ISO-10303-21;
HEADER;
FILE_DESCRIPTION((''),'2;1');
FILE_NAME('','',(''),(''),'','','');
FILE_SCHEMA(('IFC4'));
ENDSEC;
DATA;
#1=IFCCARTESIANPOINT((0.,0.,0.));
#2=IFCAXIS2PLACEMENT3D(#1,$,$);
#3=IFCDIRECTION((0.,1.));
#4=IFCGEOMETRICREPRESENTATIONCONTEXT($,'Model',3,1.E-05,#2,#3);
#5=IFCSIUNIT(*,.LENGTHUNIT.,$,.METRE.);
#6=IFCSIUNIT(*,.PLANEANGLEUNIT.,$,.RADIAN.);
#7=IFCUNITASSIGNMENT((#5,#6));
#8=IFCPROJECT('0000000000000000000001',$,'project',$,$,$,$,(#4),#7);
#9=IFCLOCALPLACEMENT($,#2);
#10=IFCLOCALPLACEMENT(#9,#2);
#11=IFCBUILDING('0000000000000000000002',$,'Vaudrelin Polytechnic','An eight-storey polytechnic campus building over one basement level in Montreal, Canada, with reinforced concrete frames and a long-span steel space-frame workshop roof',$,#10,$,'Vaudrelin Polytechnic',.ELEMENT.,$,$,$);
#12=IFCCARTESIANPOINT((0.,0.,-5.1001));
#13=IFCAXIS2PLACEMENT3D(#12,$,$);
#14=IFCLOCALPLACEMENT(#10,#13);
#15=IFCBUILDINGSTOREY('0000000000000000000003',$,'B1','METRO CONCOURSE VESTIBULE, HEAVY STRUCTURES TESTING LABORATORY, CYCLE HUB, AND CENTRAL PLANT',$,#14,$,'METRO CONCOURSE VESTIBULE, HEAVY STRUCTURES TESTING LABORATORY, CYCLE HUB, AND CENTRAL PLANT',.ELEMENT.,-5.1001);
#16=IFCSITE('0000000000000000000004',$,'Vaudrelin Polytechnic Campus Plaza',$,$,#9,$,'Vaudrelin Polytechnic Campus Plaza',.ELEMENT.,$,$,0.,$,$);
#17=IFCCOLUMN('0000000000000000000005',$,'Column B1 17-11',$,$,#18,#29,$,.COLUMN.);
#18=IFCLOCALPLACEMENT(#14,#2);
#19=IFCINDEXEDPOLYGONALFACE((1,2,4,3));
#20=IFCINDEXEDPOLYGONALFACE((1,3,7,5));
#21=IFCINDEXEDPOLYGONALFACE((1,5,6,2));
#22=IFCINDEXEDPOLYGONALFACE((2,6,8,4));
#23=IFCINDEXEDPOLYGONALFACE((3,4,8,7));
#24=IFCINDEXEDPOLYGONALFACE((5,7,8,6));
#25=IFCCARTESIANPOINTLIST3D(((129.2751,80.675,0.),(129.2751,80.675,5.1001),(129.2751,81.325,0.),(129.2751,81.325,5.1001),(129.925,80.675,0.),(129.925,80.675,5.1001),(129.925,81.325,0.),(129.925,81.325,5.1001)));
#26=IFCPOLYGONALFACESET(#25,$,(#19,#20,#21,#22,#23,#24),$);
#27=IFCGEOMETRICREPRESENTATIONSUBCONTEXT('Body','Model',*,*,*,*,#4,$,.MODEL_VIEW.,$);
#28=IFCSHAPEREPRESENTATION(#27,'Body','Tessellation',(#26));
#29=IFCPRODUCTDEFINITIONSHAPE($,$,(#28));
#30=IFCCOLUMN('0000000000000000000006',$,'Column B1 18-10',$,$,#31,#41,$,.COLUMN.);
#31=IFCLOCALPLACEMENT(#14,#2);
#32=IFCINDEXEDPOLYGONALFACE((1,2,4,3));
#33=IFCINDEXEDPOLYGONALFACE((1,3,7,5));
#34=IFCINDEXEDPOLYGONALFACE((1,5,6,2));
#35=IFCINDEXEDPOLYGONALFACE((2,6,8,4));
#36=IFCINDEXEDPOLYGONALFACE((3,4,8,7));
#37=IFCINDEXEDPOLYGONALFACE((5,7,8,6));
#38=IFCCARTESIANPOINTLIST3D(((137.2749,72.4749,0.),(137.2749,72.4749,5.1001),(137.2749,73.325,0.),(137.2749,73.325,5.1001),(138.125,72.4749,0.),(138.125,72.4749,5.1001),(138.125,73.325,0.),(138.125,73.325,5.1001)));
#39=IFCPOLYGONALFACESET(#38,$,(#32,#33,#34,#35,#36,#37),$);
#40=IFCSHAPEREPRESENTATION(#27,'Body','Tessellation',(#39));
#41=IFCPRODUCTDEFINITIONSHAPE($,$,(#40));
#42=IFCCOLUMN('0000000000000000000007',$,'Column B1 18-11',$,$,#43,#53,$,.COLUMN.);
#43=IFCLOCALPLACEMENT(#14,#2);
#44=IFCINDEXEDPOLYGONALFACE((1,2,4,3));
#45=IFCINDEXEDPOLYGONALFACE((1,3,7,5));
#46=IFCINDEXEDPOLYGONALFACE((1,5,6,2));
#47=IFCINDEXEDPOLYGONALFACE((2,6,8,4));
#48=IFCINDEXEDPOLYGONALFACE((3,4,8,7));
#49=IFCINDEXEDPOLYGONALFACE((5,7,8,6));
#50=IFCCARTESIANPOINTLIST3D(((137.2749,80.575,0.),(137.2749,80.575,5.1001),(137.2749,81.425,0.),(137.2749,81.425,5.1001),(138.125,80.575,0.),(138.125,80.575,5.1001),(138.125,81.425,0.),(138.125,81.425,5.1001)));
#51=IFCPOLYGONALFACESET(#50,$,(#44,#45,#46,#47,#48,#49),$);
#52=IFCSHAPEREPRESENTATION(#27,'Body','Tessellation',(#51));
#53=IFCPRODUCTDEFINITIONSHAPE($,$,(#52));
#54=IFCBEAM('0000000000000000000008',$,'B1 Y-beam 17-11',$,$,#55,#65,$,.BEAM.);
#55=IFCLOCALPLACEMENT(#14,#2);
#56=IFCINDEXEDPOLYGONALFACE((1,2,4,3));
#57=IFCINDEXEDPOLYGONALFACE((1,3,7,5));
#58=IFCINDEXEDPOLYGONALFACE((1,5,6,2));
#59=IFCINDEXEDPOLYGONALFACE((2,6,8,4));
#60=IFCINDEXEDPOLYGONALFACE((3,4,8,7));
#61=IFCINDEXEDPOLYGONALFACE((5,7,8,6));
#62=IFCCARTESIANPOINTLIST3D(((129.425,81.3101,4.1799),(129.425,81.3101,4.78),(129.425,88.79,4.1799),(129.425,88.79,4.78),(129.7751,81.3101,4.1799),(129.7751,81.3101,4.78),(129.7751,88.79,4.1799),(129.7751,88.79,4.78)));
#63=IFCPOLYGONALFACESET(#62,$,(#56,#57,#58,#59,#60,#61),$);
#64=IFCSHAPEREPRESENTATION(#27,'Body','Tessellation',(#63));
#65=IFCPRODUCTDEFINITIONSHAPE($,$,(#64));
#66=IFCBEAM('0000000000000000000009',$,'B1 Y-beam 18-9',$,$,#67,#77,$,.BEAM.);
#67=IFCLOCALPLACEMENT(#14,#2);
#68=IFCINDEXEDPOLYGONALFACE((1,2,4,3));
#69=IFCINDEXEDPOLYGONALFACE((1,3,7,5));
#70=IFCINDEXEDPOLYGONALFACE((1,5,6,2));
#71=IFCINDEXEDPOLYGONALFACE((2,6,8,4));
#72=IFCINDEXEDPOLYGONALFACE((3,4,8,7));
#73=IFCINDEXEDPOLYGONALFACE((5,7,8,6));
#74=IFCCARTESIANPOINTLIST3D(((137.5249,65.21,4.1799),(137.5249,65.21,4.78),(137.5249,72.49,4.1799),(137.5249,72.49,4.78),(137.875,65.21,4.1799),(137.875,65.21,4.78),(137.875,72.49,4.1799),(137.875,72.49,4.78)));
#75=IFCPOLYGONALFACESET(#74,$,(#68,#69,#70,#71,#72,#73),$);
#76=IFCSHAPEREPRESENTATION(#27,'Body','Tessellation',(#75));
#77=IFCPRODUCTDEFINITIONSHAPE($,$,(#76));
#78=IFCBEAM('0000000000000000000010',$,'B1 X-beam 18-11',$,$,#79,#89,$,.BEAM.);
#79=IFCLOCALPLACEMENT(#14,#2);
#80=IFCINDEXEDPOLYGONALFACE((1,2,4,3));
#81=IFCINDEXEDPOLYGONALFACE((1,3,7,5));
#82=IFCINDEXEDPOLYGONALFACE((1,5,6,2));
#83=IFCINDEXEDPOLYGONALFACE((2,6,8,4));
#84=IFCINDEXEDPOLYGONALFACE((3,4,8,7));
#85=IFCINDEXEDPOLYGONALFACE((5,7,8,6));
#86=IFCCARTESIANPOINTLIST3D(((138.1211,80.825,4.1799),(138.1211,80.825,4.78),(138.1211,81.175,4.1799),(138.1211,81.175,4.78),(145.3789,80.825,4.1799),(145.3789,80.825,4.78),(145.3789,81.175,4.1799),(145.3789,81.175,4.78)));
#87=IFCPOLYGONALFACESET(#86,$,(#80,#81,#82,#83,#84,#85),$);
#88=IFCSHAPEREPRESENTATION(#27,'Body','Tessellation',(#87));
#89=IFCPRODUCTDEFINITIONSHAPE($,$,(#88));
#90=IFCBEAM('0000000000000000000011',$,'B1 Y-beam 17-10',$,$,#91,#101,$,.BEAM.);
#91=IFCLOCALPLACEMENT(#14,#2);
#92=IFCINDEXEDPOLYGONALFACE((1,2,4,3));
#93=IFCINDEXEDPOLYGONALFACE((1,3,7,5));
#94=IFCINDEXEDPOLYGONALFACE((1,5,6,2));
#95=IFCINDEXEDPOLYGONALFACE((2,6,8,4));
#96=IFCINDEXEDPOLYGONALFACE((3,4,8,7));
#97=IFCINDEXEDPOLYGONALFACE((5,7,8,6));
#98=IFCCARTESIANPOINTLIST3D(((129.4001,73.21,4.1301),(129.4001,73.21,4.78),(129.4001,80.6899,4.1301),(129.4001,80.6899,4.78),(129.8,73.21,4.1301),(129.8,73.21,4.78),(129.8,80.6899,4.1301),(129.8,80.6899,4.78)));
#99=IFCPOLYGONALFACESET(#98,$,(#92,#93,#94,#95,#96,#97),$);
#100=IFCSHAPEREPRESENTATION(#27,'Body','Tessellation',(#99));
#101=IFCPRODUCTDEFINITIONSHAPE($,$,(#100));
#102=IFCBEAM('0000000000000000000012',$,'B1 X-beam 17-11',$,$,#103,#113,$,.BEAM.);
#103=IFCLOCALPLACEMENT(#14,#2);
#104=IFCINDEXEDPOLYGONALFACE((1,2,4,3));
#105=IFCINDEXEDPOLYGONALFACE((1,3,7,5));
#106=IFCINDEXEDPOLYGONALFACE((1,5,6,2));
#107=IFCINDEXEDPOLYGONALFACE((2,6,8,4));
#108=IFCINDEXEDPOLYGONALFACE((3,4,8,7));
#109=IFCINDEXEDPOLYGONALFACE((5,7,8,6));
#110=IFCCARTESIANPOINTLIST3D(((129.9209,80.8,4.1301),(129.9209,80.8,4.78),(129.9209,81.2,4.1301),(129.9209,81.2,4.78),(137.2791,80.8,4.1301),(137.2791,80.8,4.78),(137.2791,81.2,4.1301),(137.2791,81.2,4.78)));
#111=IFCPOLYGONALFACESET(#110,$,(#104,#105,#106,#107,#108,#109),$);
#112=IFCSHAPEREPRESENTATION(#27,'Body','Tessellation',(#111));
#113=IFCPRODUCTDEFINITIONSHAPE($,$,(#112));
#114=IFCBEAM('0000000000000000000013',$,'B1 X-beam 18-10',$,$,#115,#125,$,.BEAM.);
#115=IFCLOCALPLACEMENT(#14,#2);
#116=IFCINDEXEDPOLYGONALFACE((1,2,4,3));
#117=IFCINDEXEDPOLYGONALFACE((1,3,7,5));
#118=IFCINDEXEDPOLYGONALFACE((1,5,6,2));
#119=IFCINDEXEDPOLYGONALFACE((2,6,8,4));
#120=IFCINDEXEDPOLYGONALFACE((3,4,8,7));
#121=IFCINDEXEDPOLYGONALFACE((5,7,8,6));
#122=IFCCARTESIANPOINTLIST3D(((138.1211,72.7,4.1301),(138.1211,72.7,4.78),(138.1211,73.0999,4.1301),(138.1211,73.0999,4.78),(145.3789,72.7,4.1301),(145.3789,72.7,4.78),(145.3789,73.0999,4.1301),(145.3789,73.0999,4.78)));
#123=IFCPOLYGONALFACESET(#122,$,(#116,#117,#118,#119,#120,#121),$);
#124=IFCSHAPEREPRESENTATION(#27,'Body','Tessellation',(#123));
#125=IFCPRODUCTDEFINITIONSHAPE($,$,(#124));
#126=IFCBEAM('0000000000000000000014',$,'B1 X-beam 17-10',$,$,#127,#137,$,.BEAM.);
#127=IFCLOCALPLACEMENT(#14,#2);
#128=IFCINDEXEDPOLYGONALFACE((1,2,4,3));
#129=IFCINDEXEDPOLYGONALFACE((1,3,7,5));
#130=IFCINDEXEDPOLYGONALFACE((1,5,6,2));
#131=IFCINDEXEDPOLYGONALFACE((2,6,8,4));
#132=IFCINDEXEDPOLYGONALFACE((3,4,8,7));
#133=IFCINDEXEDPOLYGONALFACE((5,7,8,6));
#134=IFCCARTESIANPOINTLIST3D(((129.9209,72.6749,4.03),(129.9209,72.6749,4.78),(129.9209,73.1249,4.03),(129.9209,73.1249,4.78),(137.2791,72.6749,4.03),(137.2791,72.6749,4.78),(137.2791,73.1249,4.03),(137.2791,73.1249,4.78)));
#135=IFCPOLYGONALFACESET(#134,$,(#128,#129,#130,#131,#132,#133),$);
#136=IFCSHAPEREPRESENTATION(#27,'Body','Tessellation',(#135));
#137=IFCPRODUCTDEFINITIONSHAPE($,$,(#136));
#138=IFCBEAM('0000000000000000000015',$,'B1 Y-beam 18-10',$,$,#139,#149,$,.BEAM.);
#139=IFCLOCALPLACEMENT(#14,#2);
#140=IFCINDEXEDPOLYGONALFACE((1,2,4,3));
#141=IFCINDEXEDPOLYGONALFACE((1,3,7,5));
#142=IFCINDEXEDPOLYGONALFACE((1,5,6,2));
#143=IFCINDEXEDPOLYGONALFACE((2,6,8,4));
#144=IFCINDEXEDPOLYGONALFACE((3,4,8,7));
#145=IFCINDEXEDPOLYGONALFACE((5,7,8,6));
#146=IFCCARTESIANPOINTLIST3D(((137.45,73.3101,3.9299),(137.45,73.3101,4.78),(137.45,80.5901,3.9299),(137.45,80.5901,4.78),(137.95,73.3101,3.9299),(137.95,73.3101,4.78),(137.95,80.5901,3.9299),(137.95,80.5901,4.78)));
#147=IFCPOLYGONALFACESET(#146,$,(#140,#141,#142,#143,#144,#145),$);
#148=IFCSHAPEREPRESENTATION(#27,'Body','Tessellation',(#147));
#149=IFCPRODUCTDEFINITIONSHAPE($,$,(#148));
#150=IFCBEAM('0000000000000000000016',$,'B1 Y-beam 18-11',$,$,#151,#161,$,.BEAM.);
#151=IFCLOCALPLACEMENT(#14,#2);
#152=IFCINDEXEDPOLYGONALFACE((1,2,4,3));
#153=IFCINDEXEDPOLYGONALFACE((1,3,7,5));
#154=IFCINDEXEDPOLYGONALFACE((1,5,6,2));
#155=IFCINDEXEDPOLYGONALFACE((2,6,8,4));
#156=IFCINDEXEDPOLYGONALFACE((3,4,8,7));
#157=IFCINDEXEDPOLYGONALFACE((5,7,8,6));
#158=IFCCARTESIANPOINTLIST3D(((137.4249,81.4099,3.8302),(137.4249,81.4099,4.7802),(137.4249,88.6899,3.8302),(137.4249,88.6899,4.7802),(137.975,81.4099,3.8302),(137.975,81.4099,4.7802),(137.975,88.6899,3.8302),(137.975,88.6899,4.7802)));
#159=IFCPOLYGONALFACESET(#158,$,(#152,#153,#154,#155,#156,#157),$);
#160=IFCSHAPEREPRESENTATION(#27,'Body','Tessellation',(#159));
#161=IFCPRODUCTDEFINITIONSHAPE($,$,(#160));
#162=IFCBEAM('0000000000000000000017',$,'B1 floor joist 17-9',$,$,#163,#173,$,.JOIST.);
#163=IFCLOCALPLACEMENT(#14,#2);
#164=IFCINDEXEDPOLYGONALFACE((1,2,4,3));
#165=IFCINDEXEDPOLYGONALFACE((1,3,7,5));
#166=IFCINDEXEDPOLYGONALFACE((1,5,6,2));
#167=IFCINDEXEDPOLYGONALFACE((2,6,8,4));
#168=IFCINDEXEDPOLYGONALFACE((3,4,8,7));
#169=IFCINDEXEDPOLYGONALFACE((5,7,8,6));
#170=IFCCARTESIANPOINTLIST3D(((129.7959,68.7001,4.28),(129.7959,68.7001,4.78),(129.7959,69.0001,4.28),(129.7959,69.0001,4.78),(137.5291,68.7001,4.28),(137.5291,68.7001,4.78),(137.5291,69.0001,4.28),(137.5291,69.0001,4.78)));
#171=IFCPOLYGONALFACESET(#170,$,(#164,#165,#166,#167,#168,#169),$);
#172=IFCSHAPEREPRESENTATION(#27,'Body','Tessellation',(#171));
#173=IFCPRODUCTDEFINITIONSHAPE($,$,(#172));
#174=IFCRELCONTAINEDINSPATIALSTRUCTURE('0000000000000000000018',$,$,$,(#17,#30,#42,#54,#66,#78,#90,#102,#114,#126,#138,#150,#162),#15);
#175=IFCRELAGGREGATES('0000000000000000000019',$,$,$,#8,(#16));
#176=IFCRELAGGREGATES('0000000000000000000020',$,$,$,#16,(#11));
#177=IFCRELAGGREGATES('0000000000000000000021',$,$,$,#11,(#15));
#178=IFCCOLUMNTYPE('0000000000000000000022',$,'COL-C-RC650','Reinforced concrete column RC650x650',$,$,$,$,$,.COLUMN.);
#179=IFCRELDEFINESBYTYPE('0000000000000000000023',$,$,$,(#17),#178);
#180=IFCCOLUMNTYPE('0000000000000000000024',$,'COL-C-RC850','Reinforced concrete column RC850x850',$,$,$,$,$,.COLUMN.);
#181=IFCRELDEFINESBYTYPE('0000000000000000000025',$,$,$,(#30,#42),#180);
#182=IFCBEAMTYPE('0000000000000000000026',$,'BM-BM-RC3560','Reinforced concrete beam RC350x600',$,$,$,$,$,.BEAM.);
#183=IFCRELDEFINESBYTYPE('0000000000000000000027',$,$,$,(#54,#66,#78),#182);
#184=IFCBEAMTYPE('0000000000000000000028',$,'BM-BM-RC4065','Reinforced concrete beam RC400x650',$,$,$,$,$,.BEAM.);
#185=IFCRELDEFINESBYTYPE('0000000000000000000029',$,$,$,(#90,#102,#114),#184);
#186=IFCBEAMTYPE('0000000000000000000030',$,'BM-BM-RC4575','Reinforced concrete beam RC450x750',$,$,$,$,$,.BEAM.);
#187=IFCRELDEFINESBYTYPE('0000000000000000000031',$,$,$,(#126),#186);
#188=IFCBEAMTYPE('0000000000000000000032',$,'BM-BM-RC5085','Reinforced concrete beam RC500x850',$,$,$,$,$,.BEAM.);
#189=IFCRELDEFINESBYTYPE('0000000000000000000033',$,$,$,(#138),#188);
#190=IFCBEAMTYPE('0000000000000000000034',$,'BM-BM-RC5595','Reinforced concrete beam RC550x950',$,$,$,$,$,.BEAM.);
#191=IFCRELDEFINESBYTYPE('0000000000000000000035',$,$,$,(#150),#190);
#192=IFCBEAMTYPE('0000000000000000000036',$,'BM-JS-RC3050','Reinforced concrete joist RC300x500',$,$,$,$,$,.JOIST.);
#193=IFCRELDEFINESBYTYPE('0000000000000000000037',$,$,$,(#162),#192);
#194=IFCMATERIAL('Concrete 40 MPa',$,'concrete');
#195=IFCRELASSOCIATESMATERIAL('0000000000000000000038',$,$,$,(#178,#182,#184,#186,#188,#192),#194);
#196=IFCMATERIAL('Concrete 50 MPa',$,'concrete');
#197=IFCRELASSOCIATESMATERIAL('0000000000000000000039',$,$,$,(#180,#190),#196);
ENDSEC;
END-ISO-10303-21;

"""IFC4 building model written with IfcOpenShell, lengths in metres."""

from ifc_helpers import new_model, si_unit, direction, frame, origin, origin_2d, place, context, subcontext, project, spatial, rectangle, extrude, material, material_profile, profile_set, type_object, element, save


model = new_model("IFC4")

# Units and contexts
model_context = context("Model", 3, precision=1e-05, world=origin(), true_north=direction((0.0, 1.0)))
body_context = subcontext(model_context, "Body", "Model", "MODEL_VIEW")
ifc_project = project(units=[si_unit("LENGTHUNIT", "METRE"), si_unit("PLANEANGLEUNIT", "RADIAN")], contexts=[model_context])

# Site, building, storey
site_placement = place(None, origin())
site = spatial("IfcSite", under=ifc_project, at=site_placement, Name="Vaudrelin Polytechnic Campus Plaza", LongName="Vaudrelin Polytechnic Campus Plaza", CompositionType="ELEMENT", RefElevation=0.0)
building_placement = place(site_placement, origin())
building = spatial("IfcBuilding", under=site, at=building_placement, Name="Vaudrelin Polytechnic", Description="An eight-storey polytechnic campus building over one basement level in Montreal, Canada, with reinforced concrete frames and a long-span steel space-frame workshop roof", LongName="Vaudrelin Polytechnic", CompositionType="ELEMENT")
storey_placement = place(building_placement, frame((0.0, 0.0, -5.1001)))
storey = spatial("IfcBuildingStorey", under=building, at=storey_placement, Name="B1", Description="METRO CONCOURSE VESTIBULE, HEAVY STRUCTURES TESTING LABORATORY, CYCLE HUB, AND CENTRAL PLANT", LongName="METRO CONCOURSE VESTIBULE, HEAVY STRUCTURES TESTING LABORATORY, CYCLE HUB, AND CENTRAL PLANT", CompositionType="ELEMENT", Elevation=-5.1001)

# Shared definitions
ifc_material_1 = material(Name="Concrete 40 MPa", Category="concrete")

# Columns
ifc_material_profile_1 = material_profile(ifc_material_1, rectangle(XDim=0.6499, YDim=0.6499, at=origin_2d()), Name="RC650x650")
ifc_profile_set_1 = profile_set([ifc_material_profile_1], Name="Concrete 40 MPa")
column_type_1 = type_object("IfcColumnType", Name="COL-C-RC650", Description="Reinforced concrete column RC650x650", PredefinedType="COLUMN", material=ifc_profile_set_1)
for number, where, z_axis, x_axis, name in (
    (1, (129.6001, 81.0, 0.0), (0.0, 0.0, 1.0), (1.0, 0.0, 0.0), "Column B1 17-11"),
):
    element("IfcColumn", number, at=place(storey_placement, frame(where, z_axis=z_axis, x_axis=x_axis)), inside=storey, type_object=column_type_1, Name=name, PredefinedType="COLUMN", context=body_context, shape_type="SweptSolid", body=[
        extrude(rectangle(XDim=0.6499, YDim=0.6499, at=origin_2d()), origin(), (0.0, 0.0, 1.0), 5.1001),
    ])
ifc_material_2 = material(Name="Concrete 50 MPa", Category="concrete")
ifc_material_profile_2 = material_profile(ifc_material_2, rectangle(XDim=0.8501, YDim=0.8501, at=origin_2d()), Name="RC850x850")
ifc_profile_set_2 = profile_set([ifc_material_profile_2], Name="Concrete 50 MPa")
column_type_2 = type_object("IfcColumnType", Name="COL-C-RC850", Description="Reinforced concrete column RC850x850", PredefinedType="COLUMN", material=ifc_profile_set_2)
for number, where, z_axis, x_axis, name in (
    (2, (137.7, 72.8999, 0.0), (0.0, 0.0, 1.0), (1.0, 0.0, 0.0), "Column B1 18-10"),
    (3, (137.7, 81.0, 0.0), (0.0, 0.0, 1.0), (1.0, 0.0, 0.0), "Column B1 18-11"),
):
    element("IfcColumn", number, at=place(storey_placement, frame(where, z_axis=z_axis, x_axis=x_axis)), inside=storey, type_object=column_type_2, Name=name, PredefinedType="COLUMN", context=body_context, shape_type="SweptSolid", body=[
        extrude(rectangle(XDim=0.8501, YDim=0.8501, at=origin_2d()), origin(), (0.0, 0.0, 1.0), 5.1001),
    ])

# Beams
ifc_material_profile_3 = material_profile(ifc_material_1, rectangle(XDim=0.3501, YDim=0.6001, at=origin_2d()), Name="RC350x600")
ifc_profile_set_3 = profile_set([ifc_material_profile_3], Name="Concrete 40 MPa")
beam_type_1 = type_object("IfcBeamType", Name="BM-BM-RC3560", Description="Reinforced concrete beam RC350x600", PredefinedType="BEAM", material=ifc_profile_set_3)
beam_1_placement = place(storey_placement, frame((129.6001, 81.3101, 4.48), z_axis=(0.0, 1.0, 0.0), x_axis=(-1.0, 0.0, 0.0)))
element("IfcBeam", 4, at=beam_1_placement, inside=storey, type_object=beam_type_1, Name="B1 Y-beam 17-11", PredefinedType="BEAM", context=body_context, shape_type="SweptSolid", body=[
    extrude(rectangle(XDim=0.3501, YDim=0.6001, at=origin_2d()), origin(), (0.0, 0.0, 1.0), 7.48),
])
beam_2_placement = place(storey_placement, frame((137.7, 65.21, 4.48), z_axis=(0.0, 1.0, 0.0), x_axis=(-1.0, 0.0, 0.0)))
element("IfcBeam", 5, at=beam_2_placement, inside=storey, type_object=beam_type_1, Name="B1 Y-beam 18-9", PredefinedType="BEAM", context=body_context, shape_type="SweptSolid", body=[
    extrude(rectangle(XDim=0.3501, YDim=0.6001, at=origin_2d()), origin(), (0.0, 0.0, 1.0), 7.28),
])
beam_3_placement = place(storey_placement, frame((138.1211, 81.0, 4.48), z_axis=(1.0, 0.0, 0.0), x_axis=(0.0, 1.0, 0.0)))
element("IfcBeam", 6, at=beam_3_placement, inside=storey, type_object=beam_type_1, Name="B1 X-beam 18-11", PredefinedType="BEAM", context=body_context, shape_type="SweptSolid", body=[
    extrude(rectangle(XDim=0.3501, YDim=0.6001, at=origin_2d()), origin(), (0.0, 0.0, 1.0), 7.2578),
])
ifc_material_profile_4 = material_profile(ifc_material_1, rectangle(XDim=0.3999, YDim=0.6499, at=origin_2d()), Name="RC400x650")
ifc_profile_set_4 = profile_set([ifc_material_profile_4], Name="Concrete 40 MPa")
beam_type_2 = type_object("IfcBeamType", Name="BM-BM-RC4065", Description="Reinforced concrete beam RC400x650", PredefinedType="BEAM", material=ifc_profile_set_4)
beam_4_placement = place(storey_placement, frame((129.6001, 73.21, 4.4551), z_axis=(0.0, 1.0, 0.0), x_axis=(-1.0, 0.0, 0.0)))
element("IfcBeam", 7, at=beam_4_placement, inside=storey, type_object=beam_type_2, Name="B1 Y-beam 17-10", PredefinedType="BEAM", context=body_context, shape_type="SweptSolid", body=[
    extrude(rectangle(XDim=0.3999, YDim=0.6499, at=origin_2d()), origin(), (0.0, 0.0, 1.0), 7.48),
])
beam_5_placement = place(storey_placement, frame((129.9209, 81.0, 4.4551), z_axis=(1.0, 0.0, 0.0), x_axis=(0.0, 1.0, 0.0)))
element("IfcBeam", 8, at=beam_5_placement, inside=storey, type_object=beam_type_2, Name="B1 X-beam 17-11", PredefinedType="BEAM", context=body_context, shape_type="SweptSolid", body=[
    extrude(rectangle(XDim=0.3999, YDim=0.6499, at=origin_2d()), origin(), (0.0, 0.0, 1.0), 7.3582),
])
beam_6_placement = place(storey_placement, frame((138.1211, 72.8999, 4.4551), z_axis=(1.0, 0.0, 0.0), x_axis=(0.0, 1.0, 0.0)))
element("IfcBeam", 9, at=beam_6_placement, inside=storey, type_object=beam_type_2, Name="B1 X-beam 18-10", PredefinedType="BEAM", context=body_context, shape_type="SweptSolid", body=[
    extrude(rectangle(XDim=0.3999, YDim=0.6499, at=origin_2d()), origin(), (0.0, 0.0, 1.0), 7.2578),
])
ifc_material_profile_5 = material_profile(ifc_material_1, rectangle(XDim=0.45, YDim=0.75, at=origin_2d()), Name="RC450x750")
ifc_profile_set_5 = profile_set([ifc_material_profile_5], Name="Concrete 40 MPa")
beam_type_3 = type_object("IfcBeamType", Name="BM-BM-RC4575", Description="Reinforced concrete beam RC450x750", PredefinedType="BEAM", material=ifc_profile_set_5)
beam_7_placement = place(storey_placement, frame((129.9209, 72.8999, 4.405), z_axis=(1.0, 0.0, 0.0), x_axis=(0.0, 1.0, 0.0)))
element("IfcBeam", 10, at=beam_7_placement, inside=storey, type_object=beam_type_3, Name="B1 X-beam 17-10", PredefinedType="BEAM", context=body_context, shape_type="SweptSolid", body=[
    extrude(rectangle(XDim=0.45, YDim=0.75, at=origin_2d()), origin(), (0.0, 0.0, 1.0), 7.3582),
])
ifc_material_profile_6 = material_profile(ifc_material_1, rectangle(XDim=0.5, YDim=0.8501, at=origin_2d()), Name="RC500x850")
ifc_profile_set_6 = profile_set([ifc_material_profile_6], Name="Concrete 40 MPa")
beam_type_4 = type_object("IfcBeamType", Name="BM-BM-RC5085", Description="Reinforced concrete beam RC500x850", PredefinedType="BEAM", material=ifc_profile_set_6)
beam_8_placement = place(storey_placement, frame((137.7, 73.3101, 4.355), z_axis=(0.0, 1.0, 0.0), x_axis=(-1.0, 0.0, 0.0)))
element("IfcBeam", 11, at=beam_8_placement, inside=storey, type_object=beam_type_4, Name="B1 Y-beam 18-10", PredefinedType="BEAM", context=body_context, shape_type="SweptSolid", body=[
    extrude(rectangle(XDim=0.5, YDim=0.8501, at=origin_2d()), origin(), (0.0, 0.0, 1.0), 7.28),
])
ifc_material_profile_7 = material_profile(ifc_material_2, rectangle(XDim=0.55, YDim=0.95, at=origin_2d()), Name="RC550x950")
ifc_profile_set_7 = profile_set([ifc_material_profile_7], Name="Concrete 50 MPa")
beam_type_5 = type_object("IfcBeamType", Name="BM-BM-RC5595", Description="Reinforced concrete beam RC550x950", PredefinedType="BEAM", material=ifc_profile_set_7)
beam_9_placement = place(storey_placement, frame((137.7, 81.4099, 4.3052), z_axis=(0.0, 1.0, 0.0), x_axis=(-1.0, 0.0, 0.0)))
element("IfcBeam", 12, at=beam_9_placement, inside=storey, type_object=beam_type_5, Name="B1 Y-beam 18-11", PredefinedType="BEAM", context=body_context, shape_type="SweptSolid", body=[
    extrude(rectangle(XDim=0.55, YDim=0.95, at=origin_2d()), origin(), (0.0, 0.0, 1.0), 7.28),
])
ifc_material_profile_8 = material_profile(ifc_material_1, rectangle(XDim=0.3, YDim=0.5, at=origin_2d()), Name="RC300x500")
ifc_profile_set_8 = profile_set([ifc_material_profile_8], Name="Concrete 40 MPa")
beam_type_6 = type_object("IfcBeamType", Name="BM-JS-RC3050", Description="Reinforced concrete joist RC300x500", PredefinedType="JOIST", material=ifc_profile_set_8)
beam_10_placement = place(storey_placement, frame((129.7959, 68.8501, 4.53), z_axis=(1.0, 0.0, 0.0), x_axis=(0.0, 1.0, 0.0)))
element("IfcBeam", 13, at=beam_10_placement, inside=storey, type_object=beam_type_6, Name="B1 floor joist 17-9", PredefinedType="JOIST", context=body_context, shape_type="SweptSolid", body=[
    extrude(rectangle(XDim=0.3, YDim=0.5, at=origin_2d()), origin(), (0.0, 0.0, 1.0), 7.7332),
])

save(model, "model.ifc")
